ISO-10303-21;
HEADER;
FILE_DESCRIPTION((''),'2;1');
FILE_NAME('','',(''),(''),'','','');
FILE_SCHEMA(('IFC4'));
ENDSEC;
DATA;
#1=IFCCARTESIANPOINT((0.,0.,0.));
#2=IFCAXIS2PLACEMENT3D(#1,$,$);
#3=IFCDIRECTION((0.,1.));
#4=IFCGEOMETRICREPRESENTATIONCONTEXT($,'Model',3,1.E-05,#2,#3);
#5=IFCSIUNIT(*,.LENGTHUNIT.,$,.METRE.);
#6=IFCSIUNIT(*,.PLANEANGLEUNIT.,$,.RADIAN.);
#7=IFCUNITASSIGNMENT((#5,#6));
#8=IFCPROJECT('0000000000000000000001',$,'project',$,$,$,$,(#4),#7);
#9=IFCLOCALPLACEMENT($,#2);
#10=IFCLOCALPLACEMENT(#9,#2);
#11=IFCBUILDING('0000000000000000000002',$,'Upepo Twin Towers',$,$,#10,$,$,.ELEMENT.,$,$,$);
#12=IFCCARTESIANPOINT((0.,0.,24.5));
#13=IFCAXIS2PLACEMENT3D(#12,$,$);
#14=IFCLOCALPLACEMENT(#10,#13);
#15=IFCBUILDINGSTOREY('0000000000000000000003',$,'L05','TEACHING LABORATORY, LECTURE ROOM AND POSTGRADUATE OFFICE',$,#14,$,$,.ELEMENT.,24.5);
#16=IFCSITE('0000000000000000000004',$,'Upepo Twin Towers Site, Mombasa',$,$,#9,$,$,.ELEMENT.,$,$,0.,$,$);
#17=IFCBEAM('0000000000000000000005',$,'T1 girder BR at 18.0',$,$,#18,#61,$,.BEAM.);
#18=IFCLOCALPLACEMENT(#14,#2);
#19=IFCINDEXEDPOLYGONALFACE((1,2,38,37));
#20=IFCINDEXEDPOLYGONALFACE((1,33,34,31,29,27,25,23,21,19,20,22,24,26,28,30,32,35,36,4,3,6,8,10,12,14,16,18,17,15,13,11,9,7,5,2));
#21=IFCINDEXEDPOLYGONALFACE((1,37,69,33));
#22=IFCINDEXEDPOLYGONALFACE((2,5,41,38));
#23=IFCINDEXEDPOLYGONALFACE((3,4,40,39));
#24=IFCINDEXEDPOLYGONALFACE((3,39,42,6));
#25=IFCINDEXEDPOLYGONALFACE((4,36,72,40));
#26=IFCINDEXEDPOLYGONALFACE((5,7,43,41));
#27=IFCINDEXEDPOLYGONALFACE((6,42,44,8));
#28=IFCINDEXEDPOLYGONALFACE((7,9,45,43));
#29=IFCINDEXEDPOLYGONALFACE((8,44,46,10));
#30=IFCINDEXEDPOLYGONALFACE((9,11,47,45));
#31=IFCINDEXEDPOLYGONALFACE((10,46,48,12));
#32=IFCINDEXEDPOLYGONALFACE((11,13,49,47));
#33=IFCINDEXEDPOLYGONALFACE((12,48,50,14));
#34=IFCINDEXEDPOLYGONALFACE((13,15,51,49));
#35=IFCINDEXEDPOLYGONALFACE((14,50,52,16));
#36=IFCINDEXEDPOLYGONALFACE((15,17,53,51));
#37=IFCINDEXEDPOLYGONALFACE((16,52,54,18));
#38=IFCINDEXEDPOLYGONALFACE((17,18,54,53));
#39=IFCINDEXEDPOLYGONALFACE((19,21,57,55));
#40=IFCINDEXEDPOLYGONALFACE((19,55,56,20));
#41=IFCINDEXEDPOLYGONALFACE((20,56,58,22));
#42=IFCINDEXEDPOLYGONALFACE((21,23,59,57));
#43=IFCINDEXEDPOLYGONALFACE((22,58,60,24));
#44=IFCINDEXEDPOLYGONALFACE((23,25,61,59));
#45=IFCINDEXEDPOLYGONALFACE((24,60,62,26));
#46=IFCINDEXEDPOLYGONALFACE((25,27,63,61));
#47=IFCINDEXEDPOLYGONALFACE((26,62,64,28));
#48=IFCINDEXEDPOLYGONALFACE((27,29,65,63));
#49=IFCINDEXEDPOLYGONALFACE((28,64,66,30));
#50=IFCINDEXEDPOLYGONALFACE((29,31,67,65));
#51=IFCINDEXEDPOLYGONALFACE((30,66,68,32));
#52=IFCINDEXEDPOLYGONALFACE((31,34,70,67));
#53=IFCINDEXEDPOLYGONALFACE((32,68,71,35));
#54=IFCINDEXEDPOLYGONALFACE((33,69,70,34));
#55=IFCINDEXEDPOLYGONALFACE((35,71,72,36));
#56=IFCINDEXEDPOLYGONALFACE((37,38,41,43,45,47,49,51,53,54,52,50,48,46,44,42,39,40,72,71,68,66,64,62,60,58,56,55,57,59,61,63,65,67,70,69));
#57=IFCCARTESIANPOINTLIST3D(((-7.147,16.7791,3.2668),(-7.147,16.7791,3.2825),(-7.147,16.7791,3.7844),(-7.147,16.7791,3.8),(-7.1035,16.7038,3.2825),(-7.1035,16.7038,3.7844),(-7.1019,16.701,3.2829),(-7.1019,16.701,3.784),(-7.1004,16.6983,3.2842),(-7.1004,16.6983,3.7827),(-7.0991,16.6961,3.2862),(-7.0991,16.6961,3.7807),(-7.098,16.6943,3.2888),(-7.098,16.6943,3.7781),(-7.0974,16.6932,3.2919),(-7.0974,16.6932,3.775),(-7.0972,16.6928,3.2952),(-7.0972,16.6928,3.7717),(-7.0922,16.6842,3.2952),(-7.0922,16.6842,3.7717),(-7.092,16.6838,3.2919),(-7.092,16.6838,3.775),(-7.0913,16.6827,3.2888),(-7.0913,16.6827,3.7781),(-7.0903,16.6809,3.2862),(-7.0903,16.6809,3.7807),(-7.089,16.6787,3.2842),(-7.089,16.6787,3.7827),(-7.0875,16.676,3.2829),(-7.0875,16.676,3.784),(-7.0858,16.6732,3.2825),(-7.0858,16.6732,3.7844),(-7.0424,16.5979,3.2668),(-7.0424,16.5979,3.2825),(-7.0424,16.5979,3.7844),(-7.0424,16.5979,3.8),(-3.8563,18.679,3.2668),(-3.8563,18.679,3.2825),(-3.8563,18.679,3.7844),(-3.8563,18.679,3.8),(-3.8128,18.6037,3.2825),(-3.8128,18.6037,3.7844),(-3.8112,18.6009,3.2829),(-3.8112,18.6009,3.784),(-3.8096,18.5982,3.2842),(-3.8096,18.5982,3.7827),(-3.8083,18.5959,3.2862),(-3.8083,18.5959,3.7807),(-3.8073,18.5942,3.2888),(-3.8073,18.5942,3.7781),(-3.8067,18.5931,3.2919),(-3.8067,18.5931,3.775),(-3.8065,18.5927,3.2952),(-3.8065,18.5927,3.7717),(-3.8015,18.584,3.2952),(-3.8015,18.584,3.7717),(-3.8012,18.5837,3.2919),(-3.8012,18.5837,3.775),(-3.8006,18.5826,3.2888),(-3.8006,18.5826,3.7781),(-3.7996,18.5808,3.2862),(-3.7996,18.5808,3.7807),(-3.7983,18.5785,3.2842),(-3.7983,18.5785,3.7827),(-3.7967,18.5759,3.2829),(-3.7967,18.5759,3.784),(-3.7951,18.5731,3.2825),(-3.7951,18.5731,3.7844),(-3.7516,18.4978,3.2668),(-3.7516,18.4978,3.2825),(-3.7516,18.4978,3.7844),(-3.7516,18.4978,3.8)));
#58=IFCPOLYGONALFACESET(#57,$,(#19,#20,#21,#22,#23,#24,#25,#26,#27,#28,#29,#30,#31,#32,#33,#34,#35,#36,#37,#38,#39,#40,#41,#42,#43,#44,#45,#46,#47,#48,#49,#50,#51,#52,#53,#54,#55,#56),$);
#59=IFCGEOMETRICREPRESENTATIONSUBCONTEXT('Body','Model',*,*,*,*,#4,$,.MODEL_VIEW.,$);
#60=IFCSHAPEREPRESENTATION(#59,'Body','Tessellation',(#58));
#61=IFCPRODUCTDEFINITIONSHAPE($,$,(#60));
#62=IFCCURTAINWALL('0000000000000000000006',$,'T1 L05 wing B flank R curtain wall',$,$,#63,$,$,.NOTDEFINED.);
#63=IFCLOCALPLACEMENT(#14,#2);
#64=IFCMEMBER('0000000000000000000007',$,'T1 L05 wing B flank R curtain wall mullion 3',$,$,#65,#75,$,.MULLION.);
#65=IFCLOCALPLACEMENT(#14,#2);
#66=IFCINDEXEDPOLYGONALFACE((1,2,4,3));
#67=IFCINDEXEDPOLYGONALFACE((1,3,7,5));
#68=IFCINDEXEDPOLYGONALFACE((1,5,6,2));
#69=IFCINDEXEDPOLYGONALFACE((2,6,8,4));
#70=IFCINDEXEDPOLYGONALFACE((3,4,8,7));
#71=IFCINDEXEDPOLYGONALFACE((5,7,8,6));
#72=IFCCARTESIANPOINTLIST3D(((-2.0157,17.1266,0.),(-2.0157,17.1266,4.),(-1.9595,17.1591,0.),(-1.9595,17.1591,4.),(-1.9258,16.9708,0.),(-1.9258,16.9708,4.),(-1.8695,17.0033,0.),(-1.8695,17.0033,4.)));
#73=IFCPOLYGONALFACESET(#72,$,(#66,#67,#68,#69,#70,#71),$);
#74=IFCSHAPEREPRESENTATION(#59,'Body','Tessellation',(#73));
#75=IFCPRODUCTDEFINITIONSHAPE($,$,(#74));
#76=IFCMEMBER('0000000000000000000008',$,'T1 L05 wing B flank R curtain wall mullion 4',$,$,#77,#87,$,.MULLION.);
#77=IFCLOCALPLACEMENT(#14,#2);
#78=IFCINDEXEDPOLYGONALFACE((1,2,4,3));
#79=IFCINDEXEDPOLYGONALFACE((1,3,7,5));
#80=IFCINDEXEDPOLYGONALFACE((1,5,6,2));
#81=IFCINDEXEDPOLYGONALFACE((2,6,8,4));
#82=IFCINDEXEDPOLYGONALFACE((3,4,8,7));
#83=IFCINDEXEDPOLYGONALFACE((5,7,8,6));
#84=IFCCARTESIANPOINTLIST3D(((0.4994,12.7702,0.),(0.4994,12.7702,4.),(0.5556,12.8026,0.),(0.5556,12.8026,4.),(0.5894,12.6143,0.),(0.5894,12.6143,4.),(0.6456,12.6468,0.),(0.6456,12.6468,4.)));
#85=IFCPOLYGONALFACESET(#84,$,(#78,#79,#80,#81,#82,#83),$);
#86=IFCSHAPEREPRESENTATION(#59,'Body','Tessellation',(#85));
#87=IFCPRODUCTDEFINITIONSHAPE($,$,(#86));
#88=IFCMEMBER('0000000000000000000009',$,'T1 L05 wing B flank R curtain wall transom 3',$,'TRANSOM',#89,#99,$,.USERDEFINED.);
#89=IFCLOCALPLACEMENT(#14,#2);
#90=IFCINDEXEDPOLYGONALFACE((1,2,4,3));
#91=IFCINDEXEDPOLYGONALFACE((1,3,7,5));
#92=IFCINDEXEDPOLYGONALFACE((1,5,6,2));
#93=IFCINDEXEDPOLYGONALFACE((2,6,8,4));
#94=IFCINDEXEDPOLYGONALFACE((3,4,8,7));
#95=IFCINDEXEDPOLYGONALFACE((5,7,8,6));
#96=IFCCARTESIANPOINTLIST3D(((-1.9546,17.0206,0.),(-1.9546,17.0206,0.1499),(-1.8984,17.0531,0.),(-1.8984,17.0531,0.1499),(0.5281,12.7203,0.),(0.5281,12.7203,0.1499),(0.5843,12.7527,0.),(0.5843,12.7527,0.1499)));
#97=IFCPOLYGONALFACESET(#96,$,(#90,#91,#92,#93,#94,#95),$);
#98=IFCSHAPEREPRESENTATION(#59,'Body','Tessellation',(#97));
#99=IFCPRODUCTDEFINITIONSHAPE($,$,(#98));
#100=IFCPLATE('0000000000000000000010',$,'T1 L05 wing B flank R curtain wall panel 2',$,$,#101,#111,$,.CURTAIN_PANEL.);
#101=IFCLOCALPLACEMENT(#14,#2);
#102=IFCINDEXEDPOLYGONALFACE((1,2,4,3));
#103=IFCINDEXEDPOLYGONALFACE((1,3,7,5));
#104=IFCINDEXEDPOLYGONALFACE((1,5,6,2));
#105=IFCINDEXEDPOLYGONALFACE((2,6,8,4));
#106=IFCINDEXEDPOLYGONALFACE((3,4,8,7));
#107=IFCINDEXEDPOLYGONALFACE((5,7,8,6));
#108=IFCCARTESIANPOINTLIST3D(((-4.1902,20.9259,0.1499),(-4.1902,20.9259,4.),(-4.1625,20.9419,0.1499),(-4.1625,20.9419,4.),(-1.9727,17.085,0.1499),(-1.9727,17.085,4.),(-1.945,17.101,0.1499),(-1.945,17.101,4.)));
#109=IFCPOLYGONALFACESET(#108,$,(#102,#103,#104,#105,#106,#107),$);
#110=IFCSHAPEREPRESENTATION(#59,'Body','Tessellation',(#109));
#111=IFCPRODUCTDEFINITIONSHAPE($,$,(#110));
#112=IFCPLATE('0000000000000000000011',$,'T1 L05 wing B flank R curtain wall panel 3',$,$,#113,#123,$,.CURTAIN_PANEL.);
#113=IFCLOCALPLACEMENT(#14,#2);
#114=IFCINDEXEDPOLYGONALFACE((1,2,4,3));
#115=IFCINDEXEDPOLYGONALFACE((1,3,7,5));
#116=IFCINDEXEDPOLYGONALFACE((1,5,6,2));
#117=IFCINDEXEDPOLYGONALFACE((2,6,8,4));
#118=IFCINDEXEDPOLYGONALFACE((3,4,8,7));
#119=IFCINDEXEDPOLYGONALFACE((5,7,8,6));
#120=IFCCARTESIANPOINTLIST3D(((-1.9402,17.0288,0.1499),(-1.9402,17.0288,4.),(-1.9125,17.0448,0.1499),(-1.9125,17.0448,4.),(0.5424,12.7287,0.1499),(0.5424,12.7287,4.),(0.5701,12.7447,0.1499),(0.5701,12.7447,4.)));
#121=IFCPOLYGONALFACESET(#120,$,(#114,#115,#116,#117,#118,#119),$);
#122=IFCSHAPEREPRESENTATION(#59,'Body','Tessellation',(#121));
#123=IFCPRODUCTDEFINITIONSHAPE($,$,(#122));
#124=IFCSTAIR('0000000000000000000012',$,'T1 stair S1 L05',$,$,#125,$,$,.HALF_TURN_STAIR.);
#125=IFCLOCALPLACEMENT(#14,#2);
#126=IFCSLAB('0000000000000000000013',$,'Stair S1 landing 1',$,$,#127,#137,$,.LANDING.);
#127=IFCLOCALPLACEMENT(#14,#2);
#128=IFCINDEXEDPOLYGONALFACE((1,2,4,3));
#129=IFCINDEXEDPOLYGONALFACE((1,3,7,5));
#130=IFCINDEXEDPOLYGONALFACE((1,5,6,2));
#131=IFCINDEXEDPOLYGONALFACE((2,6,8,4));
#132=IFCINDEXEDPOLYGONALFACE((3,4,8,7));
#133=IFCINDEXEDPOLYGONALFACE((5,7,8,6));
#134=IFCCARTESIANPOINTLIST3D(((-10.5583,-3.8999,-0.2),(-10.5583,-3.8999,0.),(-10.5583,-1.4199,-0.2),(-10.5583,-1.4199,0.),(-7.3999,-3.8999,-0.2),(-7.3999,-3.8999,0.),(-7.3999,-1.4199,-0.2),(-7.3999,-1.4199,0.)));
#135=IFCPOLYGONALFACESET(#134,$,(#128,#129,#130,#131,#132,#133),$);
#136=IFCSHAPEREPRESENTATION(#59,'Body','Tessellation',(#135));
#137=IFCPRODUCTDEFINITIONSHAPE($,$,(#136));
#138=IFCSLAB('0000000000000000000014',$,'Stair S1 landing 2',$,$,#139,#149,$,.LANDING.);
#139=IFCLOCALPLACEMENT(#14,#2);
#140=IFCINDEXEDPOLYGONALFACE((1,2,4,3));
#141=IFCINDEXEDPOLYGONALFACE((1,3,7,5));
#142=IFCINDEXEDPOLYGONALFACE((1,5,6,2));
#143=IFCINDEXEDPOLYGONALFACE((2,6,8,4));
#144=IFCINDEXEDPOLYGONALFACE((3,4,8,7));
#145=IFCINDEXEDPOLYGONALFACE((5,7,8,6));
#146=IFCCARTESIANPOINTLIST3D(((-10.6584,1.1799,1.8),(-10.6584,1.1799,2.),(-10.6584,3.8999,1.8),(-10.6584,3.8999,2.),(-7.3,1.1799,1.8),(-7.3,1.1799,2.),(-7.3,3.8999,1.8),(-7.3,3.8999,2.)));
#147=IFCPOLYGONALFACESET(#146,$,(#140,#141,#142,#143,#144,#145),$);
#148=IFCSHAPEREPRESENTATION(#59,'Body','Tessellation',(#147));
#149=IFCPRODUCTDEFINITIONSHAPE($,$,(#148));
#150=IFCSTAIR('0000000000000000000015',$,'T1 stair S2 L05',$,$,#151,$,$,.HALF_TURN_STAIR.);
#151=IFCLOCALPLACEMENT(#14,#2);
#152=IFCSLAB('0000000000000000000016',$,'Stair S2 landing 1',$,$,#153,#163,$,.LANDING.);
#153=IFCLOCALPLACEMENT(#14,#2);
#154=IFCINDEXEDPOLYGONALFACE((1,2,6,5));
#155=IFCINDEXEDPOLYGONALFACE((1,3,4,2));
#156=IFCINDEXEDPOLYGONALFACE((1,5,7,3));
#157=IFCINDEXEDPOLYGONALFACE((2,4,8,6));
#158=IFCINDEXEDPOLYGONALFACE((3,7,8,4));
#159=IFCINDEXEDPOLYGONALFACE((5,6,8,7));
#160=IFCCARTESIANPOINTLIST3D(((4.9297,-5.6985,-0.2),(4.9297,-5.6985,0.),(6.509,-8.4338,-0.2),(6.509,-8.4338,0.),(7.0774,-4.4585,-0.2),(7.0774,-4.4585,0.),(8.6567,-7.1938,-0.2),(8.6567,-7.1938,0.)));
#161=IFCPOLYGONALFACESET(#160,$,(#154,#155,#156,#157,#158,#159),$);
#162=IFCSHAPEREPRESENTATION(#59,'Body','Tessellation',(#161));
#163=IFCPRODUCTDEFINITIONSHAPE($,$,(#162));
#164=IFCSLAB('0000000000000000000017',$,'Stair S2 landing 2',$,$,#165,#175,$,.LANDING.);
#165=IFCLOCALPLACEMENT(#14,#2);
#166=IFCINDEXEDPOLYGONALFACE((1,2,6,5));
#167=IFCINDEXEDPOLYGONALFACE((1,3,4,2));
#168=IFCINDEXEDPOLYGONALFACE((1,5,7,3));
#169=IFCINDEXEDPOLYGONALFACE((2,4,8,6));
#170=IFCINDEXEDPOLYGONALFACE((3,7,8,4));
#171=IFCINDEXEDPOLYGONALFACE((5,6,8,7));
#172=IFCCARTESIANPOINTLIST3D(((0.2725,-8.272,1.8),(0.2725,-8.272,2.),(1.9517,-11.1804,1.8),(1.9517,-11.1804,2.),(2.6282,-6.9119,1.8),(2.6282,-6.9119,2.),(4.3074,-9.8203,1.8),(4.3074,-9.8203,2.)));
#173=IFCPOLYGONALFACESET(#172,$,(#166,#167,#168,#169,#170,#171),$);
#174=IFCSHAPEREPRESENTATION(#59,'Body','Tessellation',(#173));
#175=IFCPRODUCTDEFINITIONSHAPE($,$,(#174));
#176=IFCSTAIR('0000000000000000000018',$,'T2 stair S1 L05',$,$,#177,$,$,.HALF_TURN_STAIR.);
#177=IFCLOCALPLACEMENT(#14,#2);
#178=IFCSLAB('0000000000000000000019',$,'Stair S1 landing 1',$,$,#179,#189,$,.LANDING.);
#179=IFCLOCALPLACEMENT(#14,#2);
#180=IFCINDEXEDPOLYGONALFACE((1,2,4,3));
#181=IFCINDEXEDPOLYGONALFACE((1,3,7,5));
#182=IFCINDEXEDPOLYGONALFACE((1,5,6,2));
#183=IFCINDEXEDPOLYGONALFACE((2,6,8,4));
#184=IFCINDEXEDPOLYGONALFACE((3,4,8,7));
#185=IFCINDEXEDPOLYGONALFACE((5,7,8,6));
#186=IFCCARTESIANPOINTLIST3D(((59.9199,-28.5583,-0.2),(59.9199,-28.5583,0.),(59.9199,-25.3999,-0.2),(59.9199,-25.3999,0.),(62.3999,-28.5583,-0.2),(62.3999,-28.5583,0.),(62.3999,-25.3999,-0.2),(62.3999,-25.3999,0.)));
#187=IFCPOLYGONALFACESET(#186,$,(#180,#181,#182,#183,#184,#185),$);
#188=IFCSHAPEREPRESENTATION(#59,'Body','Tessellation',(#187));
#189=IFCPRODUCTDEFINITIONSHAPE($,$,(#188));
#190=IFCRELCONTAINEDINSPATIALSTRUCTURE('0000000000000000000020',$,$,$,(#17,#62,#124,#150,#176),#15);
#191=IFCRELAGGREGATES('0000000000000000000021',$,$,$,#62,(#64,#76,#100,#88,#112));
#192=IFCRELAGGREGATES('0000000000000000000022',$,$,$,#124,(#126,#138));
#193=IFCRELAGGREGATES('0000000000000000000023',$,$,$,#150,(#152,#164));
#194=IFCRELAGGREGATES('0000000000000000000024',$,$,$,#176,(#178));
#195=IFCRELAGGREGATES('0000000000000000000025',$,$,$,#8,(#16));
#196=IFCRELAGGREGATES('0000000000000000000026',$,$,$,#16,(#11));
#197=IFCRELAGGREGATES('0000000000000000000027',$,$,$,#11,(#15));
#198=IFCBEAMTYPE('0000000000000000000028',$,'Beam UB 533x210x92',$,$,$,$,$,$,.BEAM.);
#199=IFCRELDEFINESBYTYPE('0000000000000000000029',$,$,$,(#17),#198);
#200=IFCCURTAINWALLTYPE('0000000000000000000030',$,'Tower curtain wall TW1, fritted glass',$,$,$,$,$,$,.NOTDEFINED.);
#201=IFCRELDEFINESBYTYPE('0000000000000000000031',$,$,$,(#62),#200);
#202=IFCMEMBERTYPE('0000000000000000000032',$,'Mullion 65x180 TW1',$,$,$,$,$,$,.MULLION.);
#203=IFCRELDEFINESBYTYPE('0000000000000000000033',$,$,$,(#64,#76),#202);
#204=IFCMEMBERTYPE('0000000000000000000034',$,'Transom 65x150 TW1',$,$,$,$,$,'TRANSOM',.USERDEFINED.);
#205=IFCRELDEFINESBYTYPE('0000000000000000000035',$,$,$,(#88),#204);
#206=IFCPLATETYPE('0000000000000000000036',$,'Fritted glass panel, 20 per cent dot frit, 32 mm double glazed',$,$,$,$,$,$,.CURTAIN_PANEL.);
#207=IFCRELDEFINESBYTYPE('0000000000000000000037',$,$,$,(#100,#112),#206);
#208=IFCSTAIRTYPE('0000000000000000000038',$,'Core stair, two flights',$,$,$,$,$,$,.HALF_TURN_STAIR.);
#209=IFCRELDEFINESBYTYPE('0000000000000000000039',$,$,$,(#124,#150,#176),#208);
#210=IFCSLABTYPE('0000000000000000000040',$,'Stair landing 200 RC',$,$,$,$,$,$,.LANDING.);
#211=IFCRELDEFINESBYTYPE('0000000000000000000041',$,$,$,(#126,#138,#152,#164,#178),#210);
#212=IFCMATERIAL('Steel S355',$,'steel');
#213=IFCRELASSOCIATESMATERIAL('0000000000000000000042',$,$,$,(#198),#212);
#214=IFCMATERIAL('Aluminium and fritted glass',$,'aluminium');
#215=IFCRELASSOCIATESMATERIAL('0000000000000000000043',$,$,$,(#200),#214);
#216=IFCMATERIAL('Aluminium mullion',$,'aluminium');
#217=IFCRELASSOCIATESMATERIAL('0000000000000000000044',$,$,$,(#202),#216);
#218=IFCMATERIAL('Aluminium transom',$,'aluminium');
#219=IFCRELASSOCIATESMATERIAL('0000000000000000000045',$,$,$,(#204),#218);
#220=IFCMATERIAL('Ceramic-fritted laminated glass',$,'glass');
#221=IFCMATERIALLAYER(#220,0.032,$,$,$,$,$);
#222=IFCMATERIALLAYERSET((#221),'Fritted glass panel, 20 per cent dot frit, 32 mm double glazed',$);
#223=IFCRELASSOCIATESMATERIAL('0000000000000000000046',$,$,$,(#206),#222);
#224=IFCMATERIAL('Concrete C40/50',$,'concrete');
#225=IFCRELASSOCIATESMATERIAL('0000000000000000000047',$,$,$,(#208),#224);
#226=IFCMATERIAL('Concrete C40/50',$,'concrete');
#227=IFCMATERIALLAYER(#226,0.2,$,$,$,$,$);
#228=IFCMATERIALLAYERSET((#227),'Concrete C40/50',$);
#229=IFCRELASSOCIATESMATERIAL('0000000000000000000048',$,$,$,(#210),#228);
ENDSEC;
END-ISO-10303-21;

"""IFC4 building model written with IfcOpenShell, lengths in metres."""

from ifc_helpers import new_model, si_unit, direction, frame, origin, origin_2d, place, context, subcontext, project, spatial, polyline, rectangle, i_section, outline, extrude, material, layer, layer_set, material_profile, profile_set, type_object, element, aggregate, save


model = new_model("IFC4")

# Units and contexts
model_context = context("Model", 3, precision=1e-05, world=origin(), true_north=direction((0.0, 1.0)))
body_context = subcontext(model_context, "Body", "Model", "MODEL_VIEW")
ifc_project = project(units=[si_unit("LENGTHUNIT", "METRE"), si_unit("PLANEANGLEUNIT", "RADIAN")], contexts=[model_context])

# Site, building, storey
site_placement = place(None, origin())
site = spatial("IfcSite", under=ifc_project, at=site_placement, Name="Upepo Twin Towers Site, Mombasa", CompositionType="ELEMENT", RefElevation=0.0)
building_placement = place(site_placement, origin())
building = spatial("IfcBuilding", under=site, at=building_placement, Name="Upepo Twin Towers", CompositionType="ELEMENT")
storey_placement = place(building_placement, frame((0.0, 0.0, 24.5)))
storey = spatial("IfcBuildingStorey", under=building, at=storey_placement, Name="L05", Description="TEACHING LABORATORY, LECTURE ROOM AND POSTGRADUATE OFFICE", CompositionType="ELEMENT", Elevation=24.5)

# Beam
ifc_material_1 = material(Name="Steel S355", Category="steel")
ifc_material_profile_1 = material_profile(ifc_material_1, i_section(OverallWidth=0.2092, OverallDepth=0.5332, WebThickness=0.01, FlangeThickness=0.0156, FilletRadius=0.0127, at=origin_2d()), Name="UB 533x210x92")
ifc_profile_set_1 = profile_set([ifc_material_profile_1], Name="Steel S355")
beam_type_1 = type_object("IfcBeamType", Name="Beam UB 533x210x92", PredefinedType="BEAM", material=ifc_profile_set_1)
beam_1_placement = place(storey_placement, frame((-3.804, 18.5884, 3.5334), z_axis=(-0.866028, -0.499995, 0.0), x_axis=(0.499995, -0.866028, 0.0)))
element("IfcBeam", 1, at=beam_1_placement, inside=storey, type_object=beam_type_1, Name="T1 girder BR at 18.0", PredefinedType="BEAM", context=body_context, shape_type="SweptSolid", body=[
    extrude(i_section(OverallWidth=0.2092, OverallDepth=0.5332, WebThickness=0.01, FlangeThickness=0.0156, FilletRadius=0.0127, at=origin_2d()), origin(), (0.0, 0.0, 1.0), 3.7998),
])

# Curtain wall, members, plates
ifc_material_2 = material(Name="Aluminium and fritted glass", Category="aluminium")
curtain_wall_type = type_object("IfcCurtainWallType", Name="Tower curtain wall TW1, fritted glass", PredefinedType="NOTDEFINED", material=ifc_material_2)
curtain_wall_placement = place(storey_placement, origin())
curtain_wall = element("IfcCurtainWall", 2, at=curtain_wall_placement, inside=storey, type_object=curtain_wall_type, Name="T1 L05 wing B flank R curtain wall", PredefinedType="NOTDEFINED")
ifc_material_3 = material(Name="Aluminium mullion", Category="aluminium")
ifc_material_profile_2 = material_profile(ifc_material_3, rectangle(XDim=0.0649, YDim=0.1799, at=origin_2d()), Name="MULLION 65x180")
ifc_profile_set_2 = profile_set([ifc_material_profile_2], Name="Aluminium mullion")
member_type_1 = type_object("IfcMemberType", Name="Mullion 65x180 TW1", PredefinedType="MULLION", material=ifc_profile_set_2)
member_1_placement = place(storey_placement, frame((-1.9426, 17.0649, 0.0), z_axis=(0.0, 0.0, 1.0), x_axis=(0.866025, 0.5, 0.0)))
member_1 = element("IfcMember", 3, at=member_1_placement, type_object=member_type_1, Name="T1 L05 wing B flank R curtain wall mullion 3", PredefinedType="MULLION", context=body_context, shape_type="SweptSolid", body=[
    extrude(rectangle(XDim=0.0649, YDim=0.1799, at=origin_2d()), origin(), (0.0, 0.0, 1.0), 4.0),
])
member_2_placement = place(storey_placement, frame((0.5725, 12.7085, 0.0), z_axis=(0.0, 0.0, 1.0), x_axis=(0.866025, 0.5, 0.0)))
member_2 = element("IfcMember", 4, at=member_2_placement, type_object=member_type_1, Name="T1 L05 wing B flank R curtain wall mullion 4", PredefinedType="MULLION", context=body_context, shape_type="SweptSolid", body=[
    extrude(rectangle(XDim=0.0649, YDim=0.1799, at=origin_2d()), origin(), (0.0, 0.0, 1.0), 4.0),
])
ifc_material_4 = material(Name="Aluminium transom", Category="aluminium")
ifc_material_profile_3 = material_profile(ifc_material_4, rectangle(XDim=0.0649, YDim=0.1499, at=origin_2d()), Name="TRANSOM 65x150")
ifc_profile_set_3 = profile_set([ifc_material_profile_3], Name="Aluminium transom")
member_type_2 = type_object("IfcMemberType", Name="Transom 65x150 TW1", ElementType="TRANSOM", PredefinedType="USERDEFINED", material=ifc_profile_set_3)
member_3_placement = place(storey_placement, frame((-1.9265, 17.0369, 0.075), z_axis=(0.499983, -0.866035, 0.0), x_axis=(0.866035, 0.499983, 0.0)))
member_3 = element("IfcMember", 5, at=member_3_placement, type_object=member_type_2, Name="T1 L05 wing B flank R curtain wall transom 3", ObjectType="TRANSOM", PredefinedType="USERDEFINED", context=body_context, shape_type="SweptSolid", body=[
    extrude(rectangle(XDim=0.0649, YDim=0.1499, at=origin_2d()), origin(), (0.0, 0.0, 1.0), 4.9656),
])
ifc_material_5 = material(Name="Ceramic-fritted laminated glass", Category="glass")
ifc_layer_1 = layer(ifc_material_5, 0.032)
ifc_layer_set_1 = layer_set([ifc_layer_1], Name="Fritted glass panel, 20 per cent dot frit, 32 mm double glazed")
plate_type = type_object("IfcPlateType", Name="Fritted glass panel, 20 per cent dot frit, 32 mm double glazed", PredefinedType="CURTAIN_PANEL", material=ifc_layer_set_1)
plate_1_placement = place(storey_placement, frame((-3.0676, 19.0134, 0.1499), z_axis=(0.0, 0.0, 1.0), x_axis=(0.5, -0.866025, 0.0)))
plate_1 = element("IfcPlate", 6, at=plate_1_placement, type_object=plate_type, Name="T1 L05 wing B flank R curtain wall panel 2", PredefinedType="CURTAIN_PANEL", context=body_context, shape_type="SweptSolid", body=[
    extrude(rectangle(XDim=4.4351, YDim=0.032, at=origin_2d()), origin(), (0.0, 0.0, 1.0), 3.8501),
])
plate_2_placement = place(storey_placement, frame((-0.6851, 14.8867, 0.1499), z_axis=(0.0, 0.0, 1.0), x_axis=(0.5, -0.866025, 0.0)))
plate_2 = element("IfcPlate", 7, at=plate_2_placement, type_object=plate_type, Name="T1 L05 wing B flank R curtain wall panel 3", PredefinedType="CURTAIN_PANEL", context=body_context, shape_type="SweptSolid", body=[
    extrude(rectangle(XDim=4.9653, YDim=0.032, at=origin_2d()), origin(), (0.0, 0.0, 1.0), 3.8501),
])
aggregate(curtain_wall, [member_1, member_2, plate_1, member_3, plate_2])

# Stairs, slabs
ifc_material_6 = material(Name="Concrete C40/50", Category="concrete")
stair_type = type_object("IfcStairType", Name="Core stair, two flights", PredefinedType="HALF_TURN_STAIR", material=ifc_material_6)
stair_1_placement = place(storey_placement, origin())
stair_1 = element("IfcStair", 8, at=stair_1_placement, inside=storey, type_object=stair_type, Name="T1 stair S1 L05", PredefinedType="HALF_TURN_STAIR")
ifc_material_7 = material(Name="Concrete C40/50", Category="concrete")
ifc_layer_2 = layer(ifc_material_7, 0.2)
ifc_layer_set_2 = layer_set([ifc_layer_2], Name="Concrete C40/50")
slab_type_1 = type_object("IfcSlabType", Name="Stair landing 200 RC", PredefinedType="LANDING", material=ifc_layer_set_2)
slab_1_placement = place(storey_placement, frame((0.0, 0.0, -0.2)))
slab_1 = element("IfcSlab", 9, at=slab_1_placement, type_object=slab_type_1, Name="Stair S1 landing 1", PredefinedType="LANDING", context=body_context, shape_type="SweptSolid", body=[
    extrude(outline(polyline([(-7.3999, -1.4199), (-10.5583, -1.4199), (-10.5583, -3.8999), (-7.3999, -3.8999), (-7.3999, -1.4199)])), origin(), (0.0, 0.0, 1.0), 0.2),
])
slab_2_placement = place(storey_placement, frame((0.0, 0.0, 1.8)))
slab_2 = element("IfcSlab", 10, at=slab_2_placement, type_object=slab_type_1, Name="Stair S1 landing 2", PredefinedType="LANDING", context=body_context, shape_type="SweptSolid", body=[
    extrude(outline(polyline([(-7.3, 3.8999), (-10.6584, 3.8999), (-10.6584, 1.1799), (-7.3, 1.1799), (-7.3, 3.8999)])), origin(), (0.0, 0.0, 1.0), 0.2),
])
aggregate(stair_1, [slab_1, slab_2])
stair_2_placement = place(storey_placement, origin())
stair_2 = element("IfcStair", 11, at=stair_2_placement, inside=storey, type_object=stair_type, Name="T1 stair S2 L05", PredefinedType="HALF_TURN_STAIR")
slab_3_placement = place(storey_placement, frame((0.0, 0.0, -0.2)))
slab_3 = element("IfcSlab", 12, at=slab_3_placement, type_object=slab_type_1, Name="Stair S2 landing 1", PredefinedType="LANDING", context=body_context, shape_type="SweptSolid", body=[
    extrude(outline(polyline([(4.9297, -5.6985), (6.509, -8.4338), (8.6567, -7.1938), (7.0774, -4.4585), (4.9297, -5.6985)])), origin(), (0.0, 0.0, 1.0), 0.2),
])
slab_4_placement = place(storey_placement, frame((0.0, 0.0, 1.8)))
slab_4 = element("IfcSlab", 13, at=slab_4_placement, type_object=slab_type_1, Name="Stair S2 landing 2", PredefinedType="LANDING", context=body_context, shape_type="SweptSolid", body=[
    extrude(outline(polyline([(0.2725, -8.272), (1.9517, -11.1804), (4.3074, -9.8203), (2.6282, -6.9119), (0.2725, -8.272)])), origin(), (0.0, 0.0, 1.0), 0.2),
])
aggregate(stair_2, [slab_3, slab_4])
stair_3_placement = place(storey_placement, origin())
stair_3 = element("IfcStair", 14, at=stair_3_placement, inside=storey, type_object=stair_type, Name="T2 stair S1 L05", PredefinedType="HALF_TURN_STAIR")
slab_5_placement = place(storey_placement, frame((0.0, 0.0, -0.2)))
slab_5 = element("IfcSlab", 15, at=slab_5_placement, type_object=slab_type_1, Name="Stair S1 landing 1", PredefinedType="LANDING", context=body_context, shape_type="SweptSolid", body=[
    extrude(outline(polyline([(59.9199, -25.3999), (59.9199, -28.5583), (62.3999, -28.5583), (62.3999, -25.3999), (59.9199, -25.3999)])), origin(), (0.0, 0.0, 1.0), 0.2),
])
aggregate(stair_3, [slab_5])

save(model, "model.ifc")
